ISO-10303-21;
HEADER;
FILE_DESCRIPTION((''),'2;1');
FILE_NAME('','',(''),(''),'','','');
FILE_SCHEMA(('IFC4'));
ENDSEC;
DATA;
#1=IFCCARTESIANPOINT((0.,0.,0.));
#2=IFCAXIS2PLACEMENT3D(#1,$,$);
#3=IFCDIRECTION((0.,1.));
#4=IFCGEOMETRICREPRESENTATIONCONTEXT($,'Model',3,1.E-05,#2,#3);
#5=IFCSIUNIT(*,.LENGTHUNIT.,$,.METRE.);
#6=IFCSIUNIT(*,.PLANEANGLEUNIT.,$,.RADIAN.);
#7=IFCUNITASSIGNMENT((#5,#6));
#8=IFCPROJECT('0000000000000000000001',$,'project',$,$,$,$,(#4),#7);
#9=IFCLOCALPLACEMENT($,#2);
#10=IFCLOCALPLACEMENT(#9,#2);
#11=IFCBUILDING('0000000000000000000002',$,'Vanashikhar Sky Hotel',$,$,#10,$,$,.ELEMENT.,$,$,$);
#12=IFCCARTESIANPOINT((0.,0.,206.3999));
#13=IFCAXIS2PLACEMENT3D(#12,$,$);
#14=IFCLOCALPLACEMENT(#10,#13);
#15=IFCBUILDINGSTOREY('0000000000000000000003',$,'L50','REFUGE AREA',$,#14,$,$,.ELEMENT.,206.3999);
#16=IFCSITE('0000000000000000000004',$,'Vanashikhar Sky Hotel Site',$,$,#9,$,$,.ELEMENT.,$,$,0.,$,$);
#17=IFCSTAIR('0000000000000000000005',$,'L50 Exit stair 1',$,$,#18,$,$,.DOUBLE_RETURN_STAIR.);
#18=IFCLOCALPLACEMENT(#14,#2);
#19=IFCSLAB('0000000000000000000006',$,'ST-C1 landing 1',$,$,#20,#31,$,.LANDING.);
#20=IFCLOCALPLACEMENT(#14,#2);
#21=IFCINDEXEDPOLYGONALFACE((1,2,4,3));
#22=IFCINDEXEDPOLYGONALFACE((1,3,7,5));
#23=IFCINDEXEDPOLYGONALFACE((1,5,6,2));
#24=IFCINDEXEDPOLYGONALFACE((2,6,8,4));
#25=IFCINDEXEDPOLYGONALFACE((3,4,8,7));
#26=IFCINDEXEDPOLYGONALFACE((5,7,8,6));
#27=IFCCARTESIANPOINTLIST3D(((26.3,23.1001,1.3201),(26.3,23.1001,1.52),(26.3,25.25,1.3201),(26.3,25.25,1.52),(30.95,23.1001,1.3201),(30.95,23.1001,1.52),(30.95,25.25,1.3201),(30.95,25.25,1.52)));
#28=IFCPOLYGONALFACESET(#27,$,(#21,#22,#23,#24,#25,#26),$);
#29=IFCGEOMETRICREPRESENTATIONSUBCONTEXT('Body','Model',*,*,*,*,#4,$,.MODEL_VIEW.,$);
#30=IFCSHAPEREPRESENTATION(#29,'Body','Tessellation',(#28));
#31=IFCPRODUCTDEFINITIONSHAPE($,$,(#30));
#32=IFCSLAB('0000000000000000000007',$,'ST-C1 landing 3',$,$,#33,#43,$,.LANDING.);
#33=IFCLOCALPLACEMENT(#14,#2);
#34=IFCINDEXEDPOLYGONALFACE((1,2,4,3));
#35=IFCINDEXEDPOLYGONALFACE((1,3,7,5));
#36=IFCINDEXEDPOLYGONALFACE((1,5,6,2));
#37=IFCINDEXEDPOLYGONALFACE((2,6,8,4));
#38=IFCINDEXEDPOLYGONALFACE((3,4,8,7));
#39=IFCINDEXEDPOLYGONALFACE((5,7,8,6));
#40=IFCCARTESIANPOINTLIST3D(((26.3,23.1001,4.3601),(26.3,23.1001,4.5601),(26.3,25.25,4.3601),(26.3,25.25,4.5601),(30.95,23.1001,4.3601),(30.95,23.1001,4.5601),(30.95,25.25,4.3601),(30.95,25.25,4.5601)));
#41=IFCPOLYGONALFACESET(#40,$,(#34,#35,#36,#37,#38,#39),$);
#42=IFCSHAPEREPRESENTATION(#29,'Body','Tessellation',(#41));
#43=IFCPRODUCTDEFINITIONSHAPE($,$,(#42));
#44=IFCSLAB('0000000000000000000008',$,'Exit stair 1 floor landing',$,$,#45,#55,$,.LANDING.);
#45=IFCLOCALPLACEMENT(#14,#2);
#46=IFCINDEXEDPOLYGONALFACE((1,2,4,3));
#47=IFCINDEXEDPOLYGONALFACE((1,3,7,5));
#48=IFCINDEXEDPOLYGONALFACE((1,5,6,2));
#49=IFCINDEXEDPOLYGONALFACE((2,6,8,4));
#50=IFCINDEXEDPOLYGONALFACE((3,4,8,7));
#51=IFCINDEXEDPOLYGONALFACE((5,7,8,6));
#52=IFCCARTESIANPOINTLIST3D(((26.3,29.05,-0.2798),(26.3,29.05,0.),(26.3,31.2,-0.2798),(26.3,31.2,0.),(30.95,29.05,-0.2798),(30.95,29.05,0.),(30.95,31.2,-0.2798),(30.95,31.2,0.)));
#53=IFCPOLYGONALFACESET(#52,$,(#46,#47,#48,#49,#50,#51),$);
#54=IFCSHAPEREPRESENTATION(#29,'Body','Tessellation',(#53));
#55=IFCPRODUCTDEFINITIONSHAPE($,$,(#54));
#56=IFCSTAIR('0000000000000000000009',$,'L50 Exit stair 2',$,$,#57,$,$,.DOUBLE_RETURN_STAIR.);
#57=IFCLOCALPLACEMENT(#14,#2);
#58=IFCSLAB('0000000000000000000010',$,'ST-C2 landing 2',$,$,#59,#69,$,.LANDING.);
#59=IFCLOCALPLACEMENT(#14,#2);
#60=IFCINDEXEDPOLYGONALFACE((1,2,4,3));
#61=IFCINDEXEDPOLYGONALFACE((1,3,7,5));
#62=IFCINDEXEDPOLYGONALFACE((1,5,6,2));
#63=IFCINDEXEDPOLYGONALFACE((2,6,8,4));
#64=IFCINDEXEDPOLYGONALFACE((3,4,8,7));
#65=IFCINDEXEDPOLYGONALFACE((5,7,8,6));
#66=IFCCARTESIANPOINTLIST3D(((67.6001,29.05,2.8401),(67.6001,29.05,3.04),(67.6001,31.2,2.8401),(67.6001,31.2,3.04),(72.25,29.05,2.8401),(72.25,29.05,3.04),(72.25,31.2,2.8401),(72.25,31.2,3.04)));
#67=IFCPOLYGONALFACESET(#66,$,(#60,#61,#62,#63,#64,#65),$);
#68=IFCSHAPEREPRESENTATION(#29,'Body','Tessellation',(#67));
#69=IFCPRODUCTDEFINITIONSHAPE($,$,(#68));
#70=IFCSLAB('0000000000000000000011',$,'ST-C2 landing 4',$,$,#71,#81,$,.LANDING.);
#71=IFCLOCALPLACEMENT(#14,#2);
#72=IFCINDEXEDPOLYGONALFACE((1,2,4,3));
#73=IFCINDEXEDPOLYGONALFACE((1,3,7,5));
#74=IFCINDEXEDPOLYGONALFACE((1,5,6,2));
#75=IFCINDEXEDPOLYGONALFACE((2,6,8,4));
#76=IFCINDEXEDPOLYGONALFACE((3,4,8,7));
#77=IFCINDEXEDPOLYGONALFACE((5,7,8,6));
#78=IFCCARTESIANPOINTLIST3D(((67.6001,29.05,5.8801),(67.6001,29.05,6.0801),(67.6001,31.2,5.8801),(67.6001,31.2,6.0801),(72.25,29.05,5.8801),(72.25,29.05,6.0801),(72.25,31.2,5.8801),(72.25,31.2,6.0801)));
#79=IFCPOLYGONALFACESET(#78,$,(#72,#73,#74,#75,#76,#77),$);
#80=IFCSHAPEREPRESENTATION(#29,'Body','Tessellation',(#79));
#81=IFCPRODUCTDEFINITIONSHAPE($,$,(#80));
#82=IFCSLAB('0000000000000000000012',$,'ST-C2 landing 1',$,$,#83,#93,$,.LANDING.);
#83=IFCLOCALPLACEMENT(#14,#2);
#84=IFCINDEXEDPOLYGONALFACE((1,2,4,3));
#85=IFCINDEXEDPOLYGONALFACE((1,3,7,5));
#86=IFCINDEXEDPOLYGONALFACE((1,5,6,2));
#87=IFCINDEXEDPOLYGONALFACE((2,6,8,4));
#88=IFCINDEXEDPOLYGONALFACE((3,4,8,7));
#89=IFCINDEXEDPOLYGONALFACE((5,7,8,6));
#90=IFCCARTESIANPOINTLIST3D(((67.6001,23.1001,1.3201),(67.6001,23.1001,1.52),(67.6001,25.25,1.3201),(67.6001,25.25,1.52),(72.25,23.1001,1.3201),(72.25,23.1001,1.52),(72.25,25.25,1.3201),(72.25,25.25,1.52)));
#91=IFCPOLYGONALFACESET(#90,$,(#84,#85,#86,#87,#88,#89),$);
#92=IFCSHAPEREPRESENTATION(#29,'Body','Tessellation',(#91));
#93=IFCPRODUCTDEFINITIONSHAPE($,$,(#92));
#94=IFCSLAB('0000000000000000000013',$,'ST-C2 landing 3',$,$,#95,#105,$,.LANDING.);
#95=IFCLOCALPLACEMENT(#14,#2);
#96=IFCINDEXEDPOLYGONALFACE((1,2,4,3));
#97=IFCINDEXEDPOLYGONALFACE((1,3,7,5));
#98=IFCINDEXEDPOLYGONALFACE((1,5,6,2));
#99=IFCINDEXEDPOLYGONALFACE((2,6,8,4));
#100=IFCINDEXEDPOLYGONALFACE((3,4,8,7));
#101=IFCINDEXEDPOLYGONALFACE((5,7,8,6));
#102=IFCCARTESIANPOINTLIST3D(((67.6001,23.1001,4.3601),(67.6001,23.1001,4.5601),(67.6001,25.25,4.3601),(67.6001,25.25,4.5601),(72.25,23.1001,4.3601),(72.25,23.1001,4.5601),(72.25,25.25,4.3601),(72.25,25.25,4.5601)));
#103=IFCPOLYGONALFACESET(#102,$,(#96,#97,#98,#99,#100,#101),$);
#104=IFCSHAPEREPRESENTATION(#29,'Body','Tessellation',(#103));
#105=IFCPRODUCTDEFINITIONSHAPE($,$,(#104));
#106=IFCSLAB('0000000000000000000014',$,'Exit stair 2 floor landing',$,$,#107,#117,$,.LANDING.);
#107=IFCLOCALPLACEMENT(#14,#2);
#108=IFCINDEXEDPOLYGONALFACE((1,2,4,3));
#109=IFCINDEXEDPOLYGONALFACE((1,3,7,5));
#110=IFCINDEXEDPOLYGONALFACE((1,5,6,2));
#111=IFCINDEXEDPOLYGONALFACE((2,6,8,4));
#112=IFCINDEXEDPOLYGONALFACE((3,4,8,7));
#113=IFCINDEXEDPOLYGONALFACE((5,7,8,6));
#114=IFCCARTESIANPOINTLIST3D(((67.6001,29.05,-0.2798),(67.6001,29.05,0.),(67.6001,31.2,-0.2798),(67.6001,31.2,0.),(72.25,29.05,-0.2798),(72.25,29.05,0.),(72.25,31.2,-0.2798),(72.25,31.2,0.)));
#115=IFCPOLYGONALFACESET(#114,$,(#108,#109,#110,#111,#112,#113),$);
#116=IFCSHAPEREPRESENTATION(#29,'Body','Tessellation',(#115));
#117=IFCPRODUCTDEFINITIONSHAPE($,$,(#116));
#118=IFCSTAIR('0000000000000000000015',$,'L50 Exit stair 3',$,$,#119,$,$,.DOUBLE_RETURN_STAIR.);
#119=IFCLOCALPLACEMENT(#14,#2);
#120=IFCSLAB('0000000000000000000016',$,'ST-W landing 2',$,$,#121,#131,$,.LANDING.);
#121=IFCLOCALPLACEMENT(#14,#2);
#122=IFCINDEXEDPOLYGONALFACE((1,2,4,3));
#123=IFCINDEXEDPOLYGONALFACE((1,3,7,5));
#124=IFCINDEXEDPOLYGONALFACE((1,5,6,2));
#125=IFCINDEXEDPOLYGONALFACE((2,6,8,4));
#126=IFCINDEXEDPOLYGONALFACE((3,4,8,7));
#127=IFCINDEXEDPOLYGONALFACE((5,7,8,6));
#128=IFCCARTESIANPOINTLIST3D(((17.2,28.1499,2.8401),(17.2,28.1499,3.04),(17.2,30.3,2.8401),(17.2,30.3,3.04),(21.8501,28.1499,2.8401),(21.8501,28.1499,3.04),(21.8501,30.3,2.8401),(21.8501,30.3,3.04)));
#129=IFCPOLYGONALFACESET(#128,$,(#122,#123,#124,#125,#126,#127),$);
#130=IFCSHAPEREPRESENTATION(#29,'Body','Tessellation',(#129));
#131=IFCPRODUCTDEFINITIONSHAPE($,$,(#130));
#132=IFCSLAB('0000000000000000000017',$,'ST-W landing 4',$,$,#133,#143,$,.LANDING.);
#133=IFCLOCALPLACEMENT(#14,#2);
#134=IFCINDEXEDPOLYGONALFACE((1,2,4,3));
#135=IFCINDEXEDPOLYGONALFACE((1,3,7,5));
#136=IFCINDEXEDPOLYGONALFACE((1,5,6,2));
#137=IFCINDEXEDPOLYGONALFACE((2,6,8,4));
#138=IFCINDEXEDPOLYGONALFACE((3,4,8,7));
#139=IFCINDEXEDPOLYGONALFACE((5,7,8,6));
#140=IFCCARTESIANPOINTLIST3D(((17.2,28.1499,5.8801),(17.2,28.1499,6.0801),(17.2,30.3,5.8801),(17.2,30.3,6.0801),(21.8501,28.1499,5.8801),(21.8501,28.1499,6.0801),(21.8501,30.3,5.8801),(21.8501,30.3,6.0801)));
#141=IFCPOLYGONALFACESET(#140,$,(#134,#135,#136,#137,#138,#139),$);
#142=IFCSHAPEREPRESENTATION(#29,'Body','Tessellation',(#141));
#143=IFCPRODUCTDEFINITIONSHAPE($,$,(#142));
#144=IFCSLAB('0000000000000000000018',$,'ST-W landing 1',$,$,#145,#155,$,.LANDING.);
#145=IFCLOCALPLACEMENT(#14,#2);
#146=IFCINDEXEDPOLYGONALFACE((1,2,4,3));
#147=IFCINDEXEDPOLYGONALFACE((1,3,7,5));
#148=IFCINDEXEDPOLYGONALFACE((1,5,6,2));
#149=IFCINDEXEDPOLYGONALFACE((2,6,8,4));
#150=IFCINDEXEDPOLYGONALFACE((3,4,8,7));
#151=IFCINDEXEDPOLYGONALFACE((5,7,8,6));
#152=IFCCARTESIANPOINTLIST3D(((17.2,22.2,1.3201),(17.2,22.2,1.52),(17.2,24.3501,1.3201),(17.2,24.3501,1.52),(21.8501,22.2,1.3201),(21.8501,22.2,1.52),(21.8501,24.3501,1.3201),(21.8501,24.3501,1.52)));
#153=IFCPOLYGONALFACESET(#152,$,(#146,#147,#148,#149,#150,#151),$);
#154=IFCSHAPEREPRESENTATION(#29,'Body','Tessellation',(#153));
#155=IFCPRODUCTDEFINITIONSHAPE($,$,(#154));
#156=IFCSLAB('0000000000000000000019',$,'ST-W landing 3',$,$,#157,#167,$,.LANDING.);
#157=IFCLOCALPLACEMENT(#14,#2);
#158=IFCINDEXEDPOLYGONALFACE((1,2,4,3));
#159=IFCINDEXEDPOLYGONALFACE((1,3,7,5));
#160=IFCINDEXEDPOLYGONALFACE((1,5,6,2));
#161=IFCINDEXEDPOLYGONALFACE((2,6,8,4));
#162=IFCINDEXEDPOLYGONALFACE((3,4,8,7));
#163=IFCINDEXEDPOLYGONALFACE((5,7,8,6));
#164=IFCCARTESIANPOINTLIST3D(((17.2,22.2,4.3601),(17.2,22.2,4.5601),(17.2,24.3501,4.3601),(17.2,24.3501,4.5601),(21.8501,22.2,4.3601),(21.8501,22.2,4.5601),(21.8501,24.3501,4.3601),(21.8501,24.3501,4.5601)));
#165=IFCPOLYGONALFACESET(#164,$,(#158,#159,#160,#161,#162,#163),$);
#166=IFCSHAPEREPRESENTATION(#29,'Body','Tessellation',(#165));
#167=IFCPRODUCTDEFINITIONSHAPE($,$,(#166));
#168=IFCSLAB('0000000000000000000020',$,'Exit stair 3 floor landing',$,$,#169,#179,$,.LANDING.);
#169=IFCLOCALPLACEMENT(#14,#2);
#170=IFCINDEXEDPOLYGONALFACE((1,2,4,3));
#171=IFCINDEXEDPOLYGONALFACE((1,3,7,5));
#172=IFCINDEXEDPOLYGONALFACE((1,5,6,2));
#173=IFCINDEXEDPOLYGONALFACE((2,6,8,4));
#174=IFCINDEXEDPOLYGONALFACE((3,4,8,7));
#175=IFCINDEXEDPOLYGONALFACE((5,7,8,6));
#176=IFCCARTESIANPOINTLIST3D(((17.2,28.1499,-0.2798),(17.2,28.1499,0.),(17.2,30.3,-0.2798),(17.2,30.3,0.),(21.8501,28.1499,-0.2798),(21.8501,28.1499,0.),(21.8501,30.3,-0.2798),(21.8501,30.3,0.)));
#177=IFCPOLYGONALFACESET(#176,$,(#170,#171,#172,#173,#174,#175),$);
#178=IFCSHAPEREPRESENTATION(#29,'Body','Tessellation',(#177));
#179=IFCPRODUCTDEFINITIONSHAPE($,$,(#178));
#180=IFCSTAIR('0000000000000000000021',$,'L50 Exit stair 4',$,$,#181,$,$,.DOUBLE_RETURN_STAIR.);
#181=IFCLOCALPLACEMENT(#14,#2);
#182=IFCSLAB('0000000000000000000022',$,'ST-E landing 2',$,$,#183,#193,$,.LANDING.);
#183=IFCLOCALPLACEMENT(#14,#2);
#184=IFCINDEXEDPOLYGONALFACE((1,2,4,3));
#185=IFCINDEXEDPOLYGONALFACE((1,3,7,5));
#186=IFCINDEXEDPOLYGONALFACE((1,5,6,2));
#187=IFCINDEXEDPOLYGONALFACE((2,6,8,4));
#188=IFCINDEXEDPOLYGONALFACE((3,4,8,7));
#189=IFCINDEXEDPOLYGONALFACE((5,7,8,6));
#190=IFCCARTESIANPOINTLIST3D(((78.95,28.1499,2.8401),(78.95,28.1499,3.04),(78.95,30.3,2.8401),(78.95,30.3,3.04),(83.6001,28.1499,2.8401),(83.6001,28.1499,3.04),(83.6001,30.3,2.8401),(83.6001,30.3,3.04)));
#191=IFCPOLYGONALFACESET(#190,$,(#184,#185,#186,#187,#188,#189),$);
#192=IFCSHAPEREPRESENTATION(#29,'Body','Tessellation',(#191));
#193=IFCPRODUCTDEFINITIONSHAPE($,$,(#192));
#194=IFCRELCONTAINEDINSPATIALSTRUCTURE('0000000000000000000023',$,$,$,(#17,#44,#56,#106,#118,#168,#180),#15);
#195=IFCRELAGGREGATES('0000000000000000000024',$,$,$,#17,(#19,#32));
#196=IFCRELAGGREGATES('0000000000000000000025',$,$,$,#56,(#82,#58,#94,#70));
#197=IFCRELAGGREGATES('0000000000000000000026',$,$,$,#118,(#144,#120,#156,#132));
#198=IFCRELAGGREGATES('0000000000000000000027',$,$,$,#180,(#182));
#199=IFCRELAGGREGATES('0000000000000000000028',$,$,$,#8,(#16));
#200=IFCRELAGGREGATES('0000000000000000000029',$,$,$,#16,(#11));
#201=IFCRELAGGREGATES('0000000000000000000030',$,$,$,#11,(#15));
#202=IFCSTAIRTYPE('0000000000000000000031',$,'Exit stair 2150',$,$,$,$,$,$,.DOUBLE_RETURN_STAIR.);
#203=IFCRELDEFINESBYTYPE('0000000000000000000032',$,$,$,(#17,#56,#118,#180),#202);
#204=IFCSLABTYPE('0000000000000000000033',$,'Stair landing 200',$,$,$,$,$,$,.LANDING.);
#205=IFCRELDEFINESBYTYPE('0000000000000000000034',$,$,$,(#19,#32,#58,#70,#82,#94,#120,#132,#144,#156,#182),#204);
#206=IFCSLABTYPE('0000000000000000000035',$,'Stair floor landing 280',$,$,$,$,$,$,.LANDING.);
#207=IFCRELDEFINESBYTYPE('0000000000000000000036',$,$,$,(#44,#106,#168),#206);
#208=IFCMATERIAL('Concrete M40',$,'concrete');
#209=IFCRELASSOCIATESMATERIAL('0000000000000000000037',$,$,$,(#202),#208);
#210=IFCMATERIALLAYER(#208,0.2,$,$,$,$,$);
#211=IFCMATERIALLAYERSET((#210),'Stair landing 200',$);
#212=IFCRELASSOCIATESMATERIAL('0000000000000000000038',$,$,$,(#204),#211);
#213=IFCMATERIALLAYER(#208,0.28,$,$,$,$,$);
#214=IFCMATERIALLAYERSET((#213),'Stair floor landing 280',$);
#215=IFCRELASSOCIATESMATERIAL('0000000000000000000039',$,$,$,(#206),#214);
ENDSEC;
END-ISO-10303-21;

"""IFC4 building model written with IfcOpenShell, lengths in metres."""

from ifc_helpers import new_model, si_unit, direction, frame, origin, place, context, subcontext, project, spatial, polyline, outline, extrude, source, transform, mapped, material, layer, layer_set, type_object, element, aggregate, save


model = new_model("IFC4")

# Units and contexts
model_context = context("Model", 3, precision=1e-05, world=origin(), true_north=direction((0.0, 1.0)))
body_context = subcontext(model_context, "Body", "Model", "MODEL_VIEW")
ifc_project = project(units=[si_unit("LENGTHUNIT", "METRE"), si_unit("PLANEANGLEUNIT", "RADIAN")], contexts=[model_context])

# Site, building, storey
site_placement = place(None, origin())
site = spatial("IfcSite", under=ifc_project, at=site_placement, Name="Vanashikhar Sky Hotel Site", CompositionType="ELEMENT", RefElevation=0.0)
building_placement = place(site_placement, origin())
building = spatial("IfcBuilding", under=site, at=building_placement, Name="Vanashikhar Sky Hotel", CompositionType="ELEMENT")
storey_placement = place(building_placement, frame((0.0, 0.0, 206.3999)))
storey = spatial("IfcBuildingStorey", under=building, at=storey_placement, Name="L50", Description="REFUGE AREA", CompositionType="ELEMENT", Elevation=206.3999)

# Shared definitions
ifc_material_1 = material(Name="Concrete M40", Category="concrete")

# Stair, slabs
stair_type = type_object("IfcStairType", Name="Exit stair 2150", PredefinedType="DOUBLE_RETURN_STAIR", material=ifc_material_1)
stair_1_placement = place(storey_placement, origin())
stair_1 = element("IfcStair", 1, at=stair_1_placement, inside=storey, type_object=stair_type, Name="L50 Exit stair 1", PredefinedType="DOUBLE_RETURN_STAIR")
ifc_layer_1 = layer(ifc_material_1, 0.2)
ifc_layer_set_1 = layer_set([ifc_layer_1], Name="Stair landing 200")
slab_type_1 = type_object("IfcSlabType", Name="Stair landing 200", PredefinedType="LANDING", material=ifc_layer_set_1)
shared_shape_1 = source(origin(), body_context, "Body", "SweptSolid", [
    extrude(outline(polyline([(30.95, 23.1001), (30.95, 25.25), (26.3, 25.25), (26.3, 23.1001), (30.95, 23.1001)])), origin(), (0.0, 0.0, 1.0), 0.2),
])
slab_1_placement = place(storey_placement, frame((0.0, 0.0, 1.3201)))
slab_1 = element("IfcSlab", 2, at=slab_1_placement, type_object=slab_type_1, Name="ST-C1 landing 1", PredefinedType="LANDING", context=body_context, shape_type="MappedRepresentation", body=[
    mapped(shared_shape_1, transform((0.0, 0.0, 0.0), scale=1.0)),
])
slab_2_placement = place(storey_placement, frame((0.0, 0.0, 4.3601)))
slab_2 = element("IfcSlab", 3, at=slab_2_placement, type_object=slab_type_1, Name="ST-C1 landing 3", PredefinedType="LANDING", context=body_context, shape_type="MappedRepresentation", body=[
    mapped(shared_shape_1, transform((0.0, 0.0, 0.0), scale=1.0)),
])
aggregate(stair_1, [slab_1, slab_2])

# Slab
ifc_layer_2 = layer(ifc_material_1, 0.28)
ifc_layer_set_2 = layer_set([ifc_layer_2], Name="Stair floor landing 280")
slab_type_2 = type_object("IfcSlabType", Name="Stair floor landing 280", PredefinedType="LANDING", material=ifc_layer_set_2)
shared_shape_2 = source(origin(), body_context, "Body", "SweptSolid", [
    extrude(outline(polyline([(30.95, 29.05), (30.95, 31.2), (26.3, 31.2), (26.3, 29.05), (30.95, 29.05)])), origin(), (0.0, 0.0, 1.0), 0.2798),
])
slab_3_placement = place(storey_placement, frame((0.0, 0.0, -0.2798)))
element("IfcSlab", 4, at=slab_3_placement, inside=storey, type_object=slab_type_2, Name="Exit stair 1 floor landing", PredefinedType="LANDING", context=body_context, shape_type="MappedRepresentation", body=[
    mapped(shared_shape_2, transform((0.0, 0.0, 0.0), scale=1.0)),
])

# Stair, slabs
stair_2_placement = place(storey_placement, origin())
stair_2 = element("IfcStair", 5, at=stair_2_placement, inside=storey, type_object=stair_type, Name="L50 Exit stair 2", PredefinedType="DOUBLE_RETURN_STAIR")
shared_shape_3 = source(origin(), body_context, "Body", "SweptSolid", [
    extrude(outline(polyline([(72.25, 29.05), (72.25, 31.2), (67.6001, 31.2), (67.6001, 29.05), (72.25, 29.05)])), origin(), (0.0, 0.0, 1.0), 0.2),
])
slab_4_placement = place(storey_placement, frame((0.0, 0.0, 2.8401)))
slab_4 = element("IfcSlab", 6, at=slab_4_placement, type_object=slab_type_1, Name="ST-C2 landing 2", PredefinedType="LANDING", context=body_context, shape_type="MappedRepresentation", body=[
    mapped(shared_shape_3, transform((0.0, 0.0, 0.0), scale=1.0)),
])
slab_5_placement = place(storey_placement, frame((0.0, 0.0, 5.8801)))
slab_5 = element("IfcSlab", 7, at=slab_5_placement, type_object=slab_type_1, Name="ST-C2 landing 4", PredefinedType="LANDING", context=body_context, shape_type="MappedRepresentation", body=[
    mapped(shared_shape_3, transform((0.0, 0.0, 0.0), scale=1.0)),
])
shared_shape_4 = source(origin(), body_context, "Body", "SweptSolid", [
    extrude(outline(polyline([(72.25, 23.1001), (72.25, 25.25), (67.6001, 25.25), (67.6001, 23.1001), (72.25, 23.1001)])), origin(), (0.0, 0.0, 1.0), 0.2),
])
slab_6_placement = place(storey_placement, frame((0.0, 0.0, 1.3201)))
slab_6 = element("IfcSlab", 8, at=slab_6_placement, type_object=slab_type_1, Name="ST-C2 landing 1", PredefinedType="LANDING", context=body_context, shape_type="MappedRepresentation", body=[
    mapped(shared_shape_4, transform((0.0, 0.0, 0.0), scale=1.0)),
])
slab_7_placement = place(storey_placement, frame((0.0, 0.0, 4.3601)))
slab_7 = element("IfcSlab", 9, at=slab_7_placement, type_object=slab_type_1, Name="ST-C2 landing 3", PredefinedType="LANDING", context=body_context, shape_type="MappedRepresentation", body=[
    mapped(shared_shape_4, transform((0.0, 0.0, 0.0), scale=1.0)),
])
aggregate(stair_2, [slab_6, slab_4, slab_7, slab_5])

# Slab
shared_shape_5 = source(origin(), body_context, "Body", "SweptSolid", [
    extrude(outline(polyline([(72.25, 29.05), (72.25, 31.2), (67.6001, 31.2), (67.6001, 29.05), (72.25, 29.05)])), origin(), (0.0, 0.0, 1.0), 0.2798),
])
slab_8_placement = place(storey_placement, frame((0.0, 0.0, -0.2798)))
element("IfcSlab", 10, at=slab_8_placement, inside=storey, type_object=slab_type_2, Name="Exit stair 2 floor landing", PredefinedType="LANDING", context=body_context, shape_type="MappedRepresentation", body=[
    mapped(shared_shape_5, transform((0.0, 0.0, 0.0), scale=1.0)),
])

# Stair, slabs
stair_3_placement = place(storey_placement, origin())
stair_3 = element("IfcStair", 11, at=stair_3_placement, inside=storey, type_object=stair_type, Name="L50 Exit stair 3", PredefinedType="DOUBLE_RETURN_STAIR")
shared_shape_6 = source(origin(), body_context, "Body", "SweptSolid", [
    extrude(outline(polyline([(21.8501, 28.1499), (21.8501, 30.3), (17.2, 30.3), (17.2, 28.1499), (21.8501, 28.1499)])), origin(), (0.0, 0.0, 1.0), 0.2),
])
slab_9_placement = place(storey_placement, frame((0.0, 0.0, 2.8401)))
slab_9 = element("IfcSlab", 12, at=slab_9_placement, type_object=slab_type_1, Name="ST-W landing 2", PredefinedType="LANDING", context=body_context, shape_type="MappedRepresentation", body=[
    mapped(shared_shape_6, transform((0.0, 0.0, 0.0), scale=1.0)),
])
slab_10_placement = place(storey_placement, frame((0.0, 0.0, 5.8801)))
slab_10 = element("IfcSlab", 13, at=slab_10_placement, type_object=slab_type_1, Name="ST-W landing 4", PredefinedType="LANDING", context=body_context, shape_type="MappedRepresentation", body=[
    mapped(shared_shape_6, transform((0.0, 0.0, 0.0), scale=1.0)),
])
shared_shape_7 = source(origin(), body_context, "Body", "SweptSolid", [
    extrude(outline(polyline([(21.8501, 22.2), (21.8501, 24.3501), (17.2, 24.3501), (17.2, 22.2), (21.8501, 22.2)])), origin(), (0.0, 0.0, 1.0), 0.2),
])
slab_11_placement = place(storey_placement, frame((0.0, 0.0, 1.3201)))
slab_11 = element("IfcSlab", 14, at=slab_11_placement, type_object=slab_type_1, Name="ST-W landing 1", PredefinedType="LANDING", context=body_context, shape_type="MappedRepresentation", body=[
    mapped(shared_shape_7, transform((0.0, 0.0, 0.0), scale=1.0)),
])
slab_12_placement = place(storey_placement, frame((0.0, 0.0, 4.3601)))
slab_12 = element("IfcSlab", 15, at=slab_12_placement, type_object=slab_type_1, Name="ST-W landing 3", PredefinedType="LANDING", context=body_context, shape_type="MappedRepresentation", body=[
    mapped(shared_shape_7, transform((0.0, 0.0, 0.0), scale=1.0)),
])
aggregate(stair_3, [slab_11, slab_9, slab_12, slab_10])

# Slab
shared_shape_8 = source(origin(), body_context, "Body", "SweptSolid", [
    extrude(outline(polyline([(21.8501, 28.1499), (21.8501, 30.3), (17.2, 30.3), (17.2, 28.1499), (21.8501, 28.1499)])), origin(), (0.0, 0.0, 1.0), 0.2798),
])
slab_13_placement = place(storey_placement, frame((0.0, 0.0, -0.2798)))
element("IfcSlab", 16, at=slab_13_placement, inside=storey, type_object=slab_type_2, Name="Exit stair 3 floor landing", PredefinedType="LANDING", context=body_context, shape_type="MappedRepresentation", body=[
    mapped(shared_shape_8, transform((0.0, 0.0, 0.0), scale=1.0)),
])

# Stair, slab
stair_4_placement = place(storey_placement, origin())
stair_4 = element("IfcStair", 17, at=stair_4_placement, inside=storey, type_object=stair_type, Name="L50 Exit stair 4", PredefinedType="DOUBLE_RETURN_STAIR")
shared_shape_9 = source(origin(), body_context, "Body", "SweptSolid", [
    extrude(outline(polyline([(83.6001, 28.1499), (83.6001, 30.3), (78.95, 30.3), (78.95, 28.1499), (83.6001, 28.1499)])), origin(), (0.0, 0.0, 1.0), 0.2),
])
slab_14_placement = place(storey_placement, frame((0.0, 0.0, 2.8401)))
slab_14 = element("IfcSlab", 18, at=slab_14_placement, type_object=slab_type_1, Name="ST-E landing 2", PredefinedType="LANDING", context=body_context, shape_type="MappedRepresentation", body=[
    mapped(shared_shape_9, transform((0.0, 0.0, 0.0), scale=1.0)),
])
aggregate(stair_4, [slab_14])

save(model, "model.ifc")
